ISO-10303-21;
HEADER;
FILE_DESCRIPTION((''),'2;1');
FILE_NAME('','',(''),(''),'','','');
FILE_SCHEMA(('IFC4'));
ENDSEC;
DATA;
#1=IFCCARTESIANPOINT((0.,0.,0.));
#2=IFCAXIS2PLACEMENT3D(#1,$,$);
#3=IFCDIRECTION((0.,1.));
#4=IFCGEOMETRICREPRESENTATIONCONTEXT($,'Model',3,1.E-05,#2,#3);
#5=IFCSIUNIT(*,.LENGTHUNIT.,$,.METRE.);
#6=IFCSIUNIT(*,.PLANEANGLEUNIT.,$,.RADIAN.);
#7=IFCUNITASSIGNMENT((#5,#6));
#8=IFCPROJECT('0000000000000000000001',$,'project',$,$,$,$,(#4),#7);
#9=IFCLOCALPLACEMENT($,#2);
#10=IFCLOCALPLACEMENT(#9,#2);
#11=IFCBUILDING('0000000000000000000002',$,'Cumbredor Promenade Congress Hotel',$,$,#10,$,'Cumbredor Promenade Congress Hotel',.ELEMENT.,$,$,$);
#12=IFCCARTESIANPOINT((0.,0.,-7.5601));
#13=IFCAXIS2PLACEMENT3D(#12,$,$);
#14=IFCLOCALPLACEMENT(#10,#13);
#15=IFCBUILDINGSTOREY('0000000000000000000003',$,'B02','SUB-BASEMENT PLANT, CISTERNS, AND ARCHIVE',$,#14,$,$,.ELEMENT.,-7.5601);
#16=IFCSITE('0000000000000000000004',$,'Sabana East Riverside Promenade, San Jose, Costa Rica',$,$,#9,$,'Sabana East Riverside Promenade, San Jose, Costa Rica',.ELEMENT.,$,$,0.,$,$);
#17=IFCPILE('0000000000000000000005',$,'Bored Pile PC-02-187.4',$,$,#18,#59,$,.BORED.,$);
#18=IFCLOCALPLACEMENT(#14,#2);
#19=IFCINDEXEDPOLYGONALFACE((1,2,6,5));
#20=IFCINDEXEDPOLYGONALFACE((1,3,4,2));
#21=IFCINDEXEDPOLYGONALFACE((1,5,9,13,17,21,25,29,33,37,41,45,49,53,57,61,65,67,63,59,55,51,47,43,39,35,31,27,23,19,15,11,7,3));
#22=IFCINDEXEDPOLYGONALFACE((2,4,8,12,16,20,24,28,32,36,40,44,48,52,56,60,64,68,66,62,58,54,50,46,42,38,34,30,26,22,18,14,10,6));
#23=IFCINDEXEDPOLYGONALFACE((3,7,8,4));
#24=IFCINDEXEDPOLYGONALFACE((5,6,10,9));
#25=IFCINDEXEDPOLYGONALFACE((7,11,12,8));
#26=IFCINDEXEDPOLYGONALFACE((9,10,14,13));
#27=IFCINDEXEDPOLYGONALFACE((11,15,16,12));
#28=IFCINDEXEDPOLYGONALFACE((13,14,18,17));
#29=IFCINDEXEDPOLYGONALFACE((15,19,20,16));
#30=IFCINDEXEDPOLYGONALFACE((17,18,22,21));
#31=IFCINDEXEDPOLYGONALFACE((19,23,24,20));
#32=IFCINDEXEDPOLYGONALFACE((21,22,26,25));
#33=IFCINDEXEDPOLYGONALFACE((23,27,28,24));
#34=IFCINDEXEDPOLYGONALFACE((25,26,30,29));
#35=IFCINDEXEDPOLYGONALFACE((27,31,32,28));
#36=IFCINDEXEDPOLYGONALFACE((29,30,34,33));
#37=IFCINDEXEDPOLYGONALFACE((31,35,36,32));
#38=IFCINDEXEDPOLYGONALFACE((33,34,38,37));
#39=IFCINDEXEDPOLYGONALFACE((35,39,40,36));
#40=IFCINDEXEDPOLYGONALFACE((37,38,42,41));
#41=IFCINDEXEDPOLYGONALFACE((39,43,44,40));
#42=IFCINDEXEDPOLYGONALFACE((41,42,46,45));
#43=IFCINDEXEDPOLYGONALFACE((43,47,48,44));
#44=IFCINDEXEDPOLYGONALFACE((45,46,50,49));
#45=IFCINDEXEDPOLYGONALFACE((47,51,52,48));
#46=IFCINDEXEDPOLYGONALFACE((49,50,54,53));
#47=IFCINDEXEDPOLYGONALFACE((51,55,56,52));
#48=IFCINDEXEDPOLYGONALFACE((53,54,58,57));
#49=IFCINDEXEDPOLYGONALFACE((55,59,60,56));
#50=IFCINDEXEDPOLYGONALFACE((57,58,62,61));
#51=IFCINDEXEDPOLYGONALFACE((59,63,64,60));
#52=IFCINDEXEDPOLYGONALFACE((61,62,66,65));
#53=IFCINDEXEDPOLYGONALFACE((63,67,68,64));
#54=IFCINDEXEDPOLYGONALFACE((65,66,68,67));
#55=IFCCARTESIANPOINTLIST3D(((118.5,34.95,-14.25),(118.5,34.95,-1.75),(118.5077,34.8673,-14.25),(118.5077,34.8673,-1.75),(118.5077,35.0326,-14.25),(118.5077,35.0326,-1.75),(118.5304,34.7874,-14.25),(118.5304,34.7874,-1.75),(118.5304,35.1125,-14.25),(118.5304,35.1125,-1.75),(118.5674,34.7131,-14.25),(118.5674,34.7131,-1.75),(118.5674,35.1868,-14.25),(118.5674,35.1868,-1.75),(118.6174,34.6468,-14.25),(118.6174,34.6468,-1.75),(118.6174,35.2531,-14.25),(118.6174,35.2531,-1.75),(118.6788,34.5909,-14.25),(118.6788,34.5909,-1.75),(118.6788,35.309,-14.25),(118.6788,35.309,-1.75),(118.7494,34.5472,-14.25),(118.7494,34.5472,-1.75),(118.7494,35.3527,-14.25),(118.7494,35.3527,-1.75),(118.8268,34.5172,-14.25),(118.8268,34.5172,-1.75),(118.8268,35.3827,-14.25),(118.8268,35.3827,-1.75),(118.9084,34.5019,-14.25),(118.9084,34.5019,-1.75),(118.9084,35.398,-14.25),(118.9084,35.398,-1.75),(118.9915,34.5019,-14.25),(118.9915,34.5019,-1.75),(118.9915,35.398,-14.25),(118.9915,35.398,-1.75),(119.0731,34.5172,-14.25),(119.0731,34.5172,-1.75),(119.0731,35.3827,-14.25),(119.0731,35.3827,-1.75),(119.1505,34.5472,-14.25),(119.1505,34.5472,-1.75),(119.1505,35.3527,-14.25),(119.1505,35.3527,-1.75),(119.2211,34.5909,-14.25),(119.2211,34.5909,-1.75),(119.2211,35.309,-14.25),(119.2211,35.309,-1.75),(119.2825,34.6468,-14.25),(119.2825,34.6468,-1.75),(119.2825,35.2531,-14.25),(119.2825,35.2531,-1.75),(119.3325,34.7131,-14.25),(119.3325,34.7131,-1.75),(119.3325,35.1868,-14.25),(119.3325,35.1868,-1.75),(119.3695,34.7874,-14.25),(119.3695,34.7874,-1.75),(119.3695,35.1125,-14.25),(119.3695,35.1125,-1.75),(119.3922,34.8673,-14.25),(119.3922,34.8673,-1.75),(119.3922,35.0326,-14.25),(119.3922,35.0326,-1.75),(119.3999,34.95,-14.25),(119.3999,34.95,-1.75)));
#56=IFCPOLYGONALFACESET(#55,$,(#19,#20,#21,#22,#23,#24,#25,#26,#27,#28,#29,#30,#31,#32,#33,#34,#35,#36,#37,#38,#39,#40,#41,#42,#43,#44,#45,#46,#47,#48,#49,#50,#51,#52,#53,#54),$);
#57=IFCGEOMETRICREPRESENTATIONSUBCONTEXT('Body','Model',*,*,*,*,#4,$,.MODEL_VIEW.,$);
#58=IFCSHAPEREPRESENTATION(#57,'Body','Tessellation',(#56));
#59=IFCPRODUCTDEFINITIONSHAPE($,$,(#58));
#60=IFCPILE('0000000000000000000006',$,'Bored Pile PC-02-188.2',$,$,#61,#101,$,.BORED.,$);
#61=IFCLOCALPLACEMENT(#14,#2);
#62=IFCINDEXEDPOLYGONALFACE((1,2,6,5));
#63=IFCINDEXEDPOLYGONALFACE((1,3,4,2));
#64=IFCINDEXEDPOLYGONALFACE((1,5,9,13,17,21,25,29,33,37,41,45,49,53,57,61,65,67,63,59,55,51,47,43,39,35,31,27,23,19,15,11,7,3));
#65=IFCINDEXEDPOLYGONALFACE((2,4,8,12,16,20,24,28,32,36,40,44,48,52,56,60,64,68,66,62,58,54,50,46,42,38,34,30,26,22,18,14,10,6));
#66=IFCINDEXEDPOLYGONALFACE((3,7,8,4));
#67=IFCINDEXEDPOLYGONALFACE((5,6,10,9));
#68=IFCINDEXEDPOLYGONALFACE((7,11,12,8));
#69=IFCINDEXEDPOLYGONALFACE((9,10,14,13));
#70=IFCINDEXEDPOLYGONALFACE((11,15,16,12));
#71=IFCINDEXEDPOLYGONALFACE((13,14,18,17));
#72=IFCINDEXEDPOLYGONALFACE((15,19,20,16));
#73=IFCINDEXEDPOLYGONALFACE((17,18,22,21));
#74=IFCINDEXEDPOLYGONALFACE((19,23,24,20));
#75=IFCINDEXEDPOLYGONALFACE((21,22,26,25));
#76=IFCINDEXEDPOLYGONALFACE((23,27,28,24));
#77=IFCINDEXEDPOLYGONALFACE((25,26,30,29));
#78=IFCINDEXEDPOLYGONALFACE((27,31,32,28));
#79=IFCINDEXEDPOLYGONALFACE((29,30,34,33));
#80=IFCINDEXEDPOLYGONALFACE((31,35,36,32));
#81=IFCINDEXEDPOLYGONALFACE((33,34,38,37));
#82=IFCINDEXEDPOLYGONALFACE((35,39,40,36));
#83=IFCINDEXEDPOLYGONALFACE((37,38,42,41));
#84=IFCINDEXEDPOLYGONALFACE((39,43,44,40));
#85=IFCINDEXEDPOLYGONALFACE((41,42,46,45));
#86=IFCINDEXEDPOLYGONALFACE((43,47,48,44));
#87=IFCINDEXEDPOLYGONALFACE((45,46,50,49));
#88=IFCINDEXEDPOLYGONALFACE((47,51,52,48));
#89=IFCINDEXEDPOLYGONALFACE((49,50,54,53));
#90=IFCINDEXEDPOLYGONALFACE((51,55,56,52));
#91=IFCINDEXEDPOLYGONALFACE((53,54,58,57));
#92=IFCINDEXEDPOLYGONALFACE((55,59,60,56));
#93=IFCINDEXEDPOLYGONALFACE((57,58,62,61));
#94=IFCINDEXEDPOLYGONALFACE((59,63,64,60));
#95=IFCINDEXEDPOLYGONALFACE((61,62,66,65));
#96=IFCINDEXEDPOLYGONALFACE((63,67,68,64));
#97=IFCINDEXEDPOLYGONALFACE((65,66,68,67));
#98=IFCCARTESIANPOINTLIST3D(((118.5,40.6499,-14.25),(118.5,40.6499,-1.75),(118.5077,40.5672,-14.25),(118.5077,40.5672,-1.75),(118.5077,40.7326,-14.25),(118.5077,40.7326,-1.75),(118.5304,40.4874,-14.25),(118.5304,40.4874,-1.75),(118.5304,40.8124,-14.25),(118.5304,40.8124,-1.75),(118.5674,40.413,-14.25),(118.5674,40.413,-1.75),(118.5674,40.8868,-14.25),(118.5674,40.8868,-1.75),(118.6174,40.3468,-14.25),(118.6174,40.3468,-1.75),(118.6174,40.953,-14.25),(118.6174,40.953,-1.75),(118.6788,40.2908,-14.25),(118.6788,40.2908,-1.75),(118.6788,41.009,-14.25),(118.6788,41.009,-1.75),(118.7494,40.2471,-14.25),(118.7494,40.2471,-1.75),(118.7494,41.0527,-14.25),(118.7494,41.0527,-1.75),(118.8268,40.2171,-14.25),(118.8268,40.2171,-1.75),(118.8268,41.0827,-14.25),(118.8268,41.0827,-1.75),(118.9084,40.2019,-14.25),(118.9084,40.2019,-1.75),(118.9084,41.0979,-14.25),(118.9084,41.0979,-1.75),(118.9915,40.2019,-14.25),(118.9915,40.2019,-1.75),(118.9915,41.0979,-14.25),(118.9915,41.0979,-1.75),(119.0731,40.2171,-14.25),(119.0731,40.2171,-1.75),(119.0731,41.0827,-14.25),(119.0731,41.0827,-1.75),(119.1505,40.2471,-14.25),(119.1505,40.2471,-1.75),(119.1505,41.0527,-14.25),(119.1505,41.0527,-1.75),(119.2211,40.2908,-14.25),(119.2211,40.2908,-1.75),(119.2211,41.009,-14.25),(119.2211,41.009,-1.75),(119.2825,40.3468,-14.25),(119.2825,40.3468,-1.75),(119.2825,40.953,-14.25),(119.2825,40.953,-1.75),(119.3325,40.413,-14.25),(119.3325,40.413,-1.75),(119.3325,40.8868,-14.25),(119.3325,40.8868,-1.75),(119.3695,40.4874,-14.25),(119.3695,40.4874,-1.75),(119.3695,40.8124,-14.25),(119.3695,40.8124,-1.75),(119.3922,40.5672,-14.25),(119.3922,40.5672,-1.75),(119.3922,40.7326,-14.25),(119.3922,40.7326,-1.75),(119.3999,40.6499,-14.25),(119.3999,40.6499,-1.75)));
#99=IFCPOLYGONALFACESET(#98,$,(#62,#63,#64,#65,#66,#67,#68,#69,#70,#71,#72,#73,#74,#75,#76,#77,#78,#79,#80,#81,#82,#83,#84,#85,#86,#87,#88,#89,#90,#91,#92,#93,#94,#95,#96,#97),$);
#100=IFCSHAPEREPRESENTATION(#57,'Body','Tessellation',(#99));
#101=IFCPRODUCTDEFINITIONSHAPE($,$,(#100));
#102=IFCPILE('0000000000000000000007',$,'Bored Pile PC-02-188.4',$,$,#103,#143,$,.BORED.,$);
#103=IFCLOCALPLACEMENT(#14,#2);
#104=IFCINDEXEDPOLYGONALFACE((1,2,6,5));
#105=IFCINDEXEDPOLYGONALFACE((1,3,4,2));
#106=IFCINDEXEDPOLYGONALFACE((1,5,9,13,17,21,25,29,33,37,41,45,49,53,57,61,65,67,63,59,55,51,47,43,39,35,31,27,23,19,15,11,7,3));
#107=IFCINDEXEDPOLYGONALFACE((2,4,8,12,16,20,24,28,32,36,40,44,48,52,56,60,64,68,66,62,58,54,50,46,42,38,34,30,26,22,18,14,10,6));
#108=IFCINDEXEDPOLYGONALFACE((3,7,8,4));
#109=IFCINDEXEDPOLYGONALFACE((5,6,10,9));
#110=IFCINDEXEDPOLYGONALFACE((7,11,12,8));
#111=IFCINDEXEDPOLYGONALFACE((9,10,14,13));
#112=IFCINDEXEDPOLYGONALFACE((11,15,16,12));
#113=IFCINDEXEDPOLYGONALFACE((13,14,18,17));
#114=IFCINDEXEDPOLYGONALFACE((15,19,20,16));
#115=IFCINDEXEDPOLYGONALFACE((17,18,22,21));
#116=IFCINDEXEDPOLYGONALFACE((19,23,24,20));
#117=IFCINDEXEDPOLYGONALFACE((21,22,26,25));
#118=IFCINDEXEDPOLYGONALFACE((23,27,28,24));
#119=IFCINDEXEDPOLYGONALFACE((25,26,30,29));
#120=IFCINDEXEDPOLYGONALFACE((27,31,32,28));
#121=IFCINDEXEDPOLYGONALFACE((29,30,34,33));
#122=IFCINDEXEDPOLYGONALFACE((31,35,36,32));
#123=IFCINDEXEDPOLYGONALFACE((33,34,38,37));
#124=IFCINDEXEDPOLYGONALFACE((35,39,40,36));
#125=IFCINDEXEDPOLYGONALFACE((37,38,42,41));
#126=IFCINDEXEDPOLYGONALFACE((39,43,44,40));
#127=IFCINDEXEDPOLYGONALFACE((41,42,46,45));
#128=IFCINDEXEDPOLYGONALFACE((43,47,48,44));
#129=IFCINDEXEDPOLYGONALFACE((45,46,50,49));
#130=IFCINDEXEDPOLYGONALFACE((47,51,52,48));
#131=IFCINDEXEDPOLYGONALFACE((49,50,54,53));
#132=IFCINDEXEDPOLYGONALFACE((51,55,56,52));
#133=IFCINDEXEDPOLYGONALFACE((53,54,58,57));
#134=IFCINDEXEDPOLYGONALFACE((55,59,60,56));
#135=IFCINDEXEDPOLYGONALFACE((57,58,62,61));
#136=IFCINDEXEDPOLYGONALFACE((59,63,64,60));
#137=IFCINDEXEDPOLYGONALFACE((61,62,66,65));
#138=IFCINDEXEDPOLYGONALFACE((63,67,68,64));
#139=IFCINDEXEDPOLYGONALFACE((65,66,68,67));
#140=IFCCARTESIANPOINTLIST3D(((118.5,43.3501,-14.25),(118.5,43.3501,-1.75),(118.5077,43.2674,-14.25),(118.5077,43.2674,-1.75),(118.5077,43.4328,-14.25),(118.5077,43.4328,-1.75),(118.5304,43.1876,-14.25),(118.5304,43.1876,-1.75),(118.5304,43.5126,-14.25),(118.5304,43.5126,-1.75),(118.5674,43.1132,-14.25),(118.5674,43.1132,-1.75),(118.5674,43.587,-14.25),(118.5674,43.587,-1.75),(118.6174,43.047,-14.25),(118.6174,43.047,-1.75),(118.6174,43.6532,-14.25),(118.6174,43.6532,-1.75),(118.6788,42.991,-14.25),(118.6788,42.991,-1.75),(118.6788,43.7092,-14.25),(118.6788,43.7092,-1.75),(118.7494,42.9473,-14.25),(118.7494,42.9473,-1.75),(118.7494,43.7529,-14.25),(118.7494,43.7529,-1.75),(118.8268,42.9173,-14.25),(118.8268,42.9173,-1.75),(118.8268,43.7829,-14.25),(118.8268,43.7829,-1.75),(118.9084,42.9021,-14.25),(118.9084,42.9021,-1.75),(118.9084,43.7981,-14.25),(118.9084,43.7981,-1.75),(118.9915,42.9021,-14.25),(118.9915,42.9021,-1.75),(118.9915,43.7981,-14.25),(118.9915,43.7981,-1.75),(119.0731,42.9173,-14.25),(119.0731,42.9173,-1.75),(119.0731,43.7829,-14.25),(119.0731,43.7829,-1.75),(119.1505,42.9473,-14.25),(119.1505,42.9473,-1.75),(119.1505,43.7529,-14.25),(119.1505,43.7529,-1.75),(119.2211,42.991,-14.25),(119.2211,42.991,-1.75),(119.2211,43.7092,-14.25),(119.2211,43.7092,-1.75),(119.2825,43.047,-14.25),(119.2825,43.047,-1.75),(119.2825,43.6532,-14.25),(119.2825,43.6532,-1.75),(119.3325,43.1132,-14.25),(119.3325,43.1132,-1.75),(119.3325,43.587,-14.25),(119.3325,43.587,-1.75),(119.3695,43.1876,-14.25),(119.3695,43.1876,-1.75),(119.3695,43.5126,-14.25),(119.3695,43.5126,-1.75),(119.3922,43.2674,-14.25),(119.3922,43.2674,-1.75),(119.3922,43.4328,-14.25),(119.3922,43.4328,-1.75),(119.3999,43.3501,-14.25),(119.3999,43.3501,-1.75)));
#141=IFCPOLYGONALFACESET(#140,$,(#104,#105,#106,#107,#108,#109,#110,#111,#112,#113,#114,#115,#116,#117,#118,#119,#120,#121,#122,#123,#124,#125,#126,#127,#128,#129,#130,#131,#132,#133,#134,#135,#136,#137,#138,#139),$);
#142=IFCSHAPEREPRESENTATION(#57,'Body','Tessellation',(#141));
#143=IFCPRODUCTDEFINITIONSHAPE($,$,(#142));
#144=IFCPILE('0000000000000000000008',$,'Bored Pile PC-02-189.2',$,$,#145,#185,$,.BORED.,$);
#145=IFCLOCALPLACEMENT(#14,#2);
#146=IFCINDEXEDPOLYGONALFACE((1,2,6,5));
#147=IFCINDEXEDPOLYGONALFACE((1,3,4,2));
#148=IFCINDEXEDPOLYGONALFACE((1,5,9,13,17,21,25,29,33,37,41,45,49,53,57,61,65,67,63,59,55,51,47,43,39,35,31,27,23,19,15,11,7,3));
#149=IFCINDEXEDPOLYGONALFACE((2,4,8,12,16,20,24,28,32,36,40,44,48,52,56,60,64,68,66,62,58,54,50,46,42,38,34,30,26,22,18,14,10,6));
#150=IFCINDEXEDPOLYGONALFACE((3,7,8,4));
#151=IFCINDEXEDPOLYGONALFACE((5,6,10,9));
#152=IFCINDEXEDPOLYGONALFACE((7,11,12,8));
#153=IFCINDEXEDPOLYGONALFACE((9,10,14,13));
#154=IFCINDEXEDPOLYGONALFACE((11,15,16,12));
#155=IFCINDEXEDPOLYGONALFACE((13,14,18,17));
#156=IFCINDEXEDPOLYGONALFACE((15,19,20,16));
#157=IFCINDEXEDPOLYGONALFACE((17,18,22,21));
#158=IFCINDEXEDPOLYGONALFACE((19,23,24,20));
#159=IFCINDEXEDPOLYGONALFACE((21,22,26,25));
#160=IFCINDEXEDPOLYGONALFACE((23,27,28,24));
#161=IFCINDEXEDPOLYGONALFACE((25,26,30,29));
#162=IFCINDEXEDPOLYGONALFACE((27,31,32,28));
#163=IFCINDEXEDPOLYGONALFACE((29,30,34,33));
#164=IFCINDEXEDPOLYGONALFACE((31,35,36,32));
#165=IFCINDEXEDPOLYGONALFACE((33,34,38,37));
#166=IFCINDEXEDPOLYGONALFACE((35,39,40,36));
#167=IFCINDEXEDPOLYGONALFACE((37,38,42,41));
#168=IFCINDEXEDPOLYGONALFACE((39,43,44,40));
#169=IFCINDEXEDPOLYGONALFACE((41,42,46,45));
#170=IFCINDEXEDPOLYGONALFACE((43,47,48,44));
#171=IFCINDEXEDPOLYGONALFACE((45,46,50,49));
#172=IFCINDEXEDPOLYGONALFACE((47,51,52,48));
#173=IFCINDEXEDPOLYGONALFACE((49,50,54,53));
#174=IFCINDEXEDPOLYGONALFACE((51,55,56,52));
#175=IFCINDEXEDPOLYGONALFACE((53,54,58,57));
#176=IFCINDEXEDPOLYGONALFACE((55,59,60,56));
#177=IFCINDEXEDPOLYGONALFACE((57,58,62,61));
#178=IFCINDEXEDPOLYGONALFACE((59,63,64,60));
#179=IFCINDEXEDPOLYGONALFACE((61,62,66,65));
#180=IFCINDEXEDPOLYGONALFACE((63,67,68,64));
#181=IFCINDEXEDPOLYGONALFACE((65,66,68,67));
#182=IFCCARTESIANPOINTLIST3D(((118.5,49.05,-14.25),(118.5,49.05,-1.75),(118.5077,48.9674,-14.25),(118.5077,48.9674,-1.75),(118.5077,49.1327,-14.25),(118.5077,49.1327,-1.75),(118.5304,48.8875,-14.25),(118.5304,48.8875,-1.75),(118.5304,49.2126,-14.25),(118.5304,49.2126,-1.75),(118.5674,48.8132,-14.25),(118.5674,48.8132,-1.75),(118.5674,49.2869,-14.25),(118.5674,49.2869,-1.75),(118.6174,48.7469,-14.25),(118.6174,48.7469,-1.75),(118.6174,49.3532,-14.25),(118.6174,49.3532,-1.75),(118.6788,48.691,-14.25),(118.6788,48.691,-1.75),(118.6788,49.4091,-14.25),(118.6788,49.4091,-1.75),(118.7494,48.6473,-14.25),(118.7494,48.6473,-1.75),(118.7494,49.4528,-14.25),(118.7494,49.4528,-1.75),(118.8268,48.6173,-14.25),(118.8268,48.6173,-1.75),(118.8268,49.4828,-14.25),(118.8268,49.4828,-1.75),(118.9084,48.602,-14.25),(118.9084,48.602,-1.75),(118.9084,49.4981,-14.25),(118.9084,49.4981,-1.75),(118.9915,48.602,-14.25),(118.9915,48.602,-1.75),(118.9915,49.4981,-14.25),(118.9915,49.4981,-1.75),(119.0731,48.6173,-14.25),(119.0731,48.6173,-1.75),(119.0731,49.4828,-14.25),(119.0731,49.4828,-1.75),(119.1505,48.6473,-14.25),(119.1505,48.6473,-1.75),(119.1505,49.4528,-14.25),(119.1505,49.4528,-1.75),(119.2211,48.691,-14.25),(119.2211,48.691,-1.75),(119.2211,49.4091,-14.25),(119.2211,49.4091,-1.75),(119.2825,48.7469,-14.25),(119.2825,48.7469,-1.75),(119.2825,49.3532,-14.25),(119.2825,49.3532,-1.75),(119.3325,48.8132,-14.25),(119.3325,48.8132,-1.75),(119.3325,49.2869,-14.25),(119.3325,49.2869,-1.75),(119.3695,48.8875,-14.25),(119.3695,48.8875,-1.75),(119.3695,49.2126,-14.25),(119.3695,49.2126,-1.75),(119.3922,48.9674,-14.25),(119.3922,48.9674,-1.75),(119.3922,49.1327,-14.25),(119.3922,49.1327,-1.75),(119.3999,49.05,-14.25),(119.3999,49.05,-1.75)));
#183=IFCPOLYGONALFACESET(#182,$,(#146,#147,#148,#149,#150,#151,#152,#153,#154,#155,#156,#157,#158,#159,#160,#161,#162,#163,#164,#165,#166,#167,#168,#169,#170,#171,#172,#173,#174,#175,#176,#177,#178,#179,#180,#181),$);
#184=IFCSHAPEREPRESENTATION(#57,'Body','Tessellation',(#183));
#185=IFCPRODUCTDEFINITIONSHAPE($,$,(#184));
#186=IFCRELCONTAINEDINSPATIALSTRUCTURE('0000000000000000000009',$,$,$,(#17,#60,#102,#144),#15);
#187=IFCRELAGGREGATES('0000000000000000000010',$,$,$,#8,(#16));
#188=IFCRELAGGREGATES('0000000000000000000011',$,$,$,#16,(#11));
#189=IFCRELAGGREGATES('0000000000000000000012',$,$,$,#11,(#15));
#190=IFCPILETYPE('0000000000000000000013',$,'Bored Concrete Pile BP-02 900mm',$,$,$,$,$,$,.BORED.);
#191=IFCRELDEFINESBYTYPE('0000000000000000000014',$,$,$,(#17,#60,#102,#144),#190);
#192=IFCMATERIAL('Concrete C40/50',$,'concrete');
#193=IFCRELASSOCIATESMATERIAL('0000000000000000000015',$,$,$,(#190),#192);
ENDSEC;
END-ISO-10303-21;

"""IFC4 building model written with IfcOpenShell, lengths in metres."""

from ifc_helpers import new_model, si_unit, direction, frame, origin, origin_2d, place, context, subcontext, project, spatial, circle, extrude, material, material_profile, profile_set, type_object, element, save


model = new_model("IFC4")

# Units and contexts
model_context = context("Model", 3, precision=1e-05, world=origin(), true_north=direction((0.0, 1.0)))
body_context = subcontext(model_context, "Body", "Model", "MODEL_VIEW")
ifc_project = project(units=[si_unit("LENGTHUNIT", "METRE"), si_unit("PLANEANGLEUNIT", "RADIAN")], contexts=[model_context])

# Site, building, storey
site_placement = place(None, origin())
site = spatial("IfcSite", under=ifc_project, at=site_placement, Name="Sabana East Riverside Promenade, San Jose, Costa Rica", LongName="Sabana East Riverside Promenade, San Jose, Costa Rica", CompositionType="ELEMENT", RefElevation=0.0)
building_placement = place(site_placement, origin())
building = spatial("IfcBuilding", under=site, at=building_placement, Name="Cumbredor Promenade Congress Hotel", LongName="Cumbredor Promenade Congress Hotel", CompositionType="ELEMENT")
storey_placement = place(building_placement, frame((0.0, 0.0, -7.5601)))
storey = spatial("IfcBuildingStorey", under=building, at=storey_placement, Name="B02", Description="SUB-BASEMENT PLANT, CISTERNS, AND ARCHIVE", CompositionType="ELEMENT", Elevation=-7.5601)

# Piles
ifc_material_1 = material(Name="Concrete C40/50", Category="concrete")
ifc_material_profile_1 = material_profile(ifc_material_1, circle(Radius=0.45, at=origin_2d()), Name="PILE D900")
ifc_profile_set_1 = profile_set([ifc_material_profile_1], Name="Concrete C40/50")
pile_type = type_object("IfcPileType", Name="Bored Concrete Pile BP-02 900mm", PredefinedType="BORED", material=ifc_profile_set_1)
for number, where, z_axis, x_axis, name in (
    (1, (118.95, 34.95, -1.75), (0.0, 0.0, -1.0), (1.0, 0.0, 0.0), "Bored Pile PC-02-187.4"),
    (2, (118.95, 40.6499, -1.75), (0.0, 0.0, -1.0), (1.0, 0.0, 0.0), "Bored Pile PC-02-188.2"),
    (3, (118.95, 43.3501, -1.75), (0.0, 0.0, -1.0), (1.0, 0.0, 0.0), "Bored Pile PC-02-188.4"),
    (4, (118.95, 49.05, -1.75), (0.0, 0.0, -1.0), (1.0, 0.0, 0.0), "Bored Pile PC-02-189.2"),
):
    element("IfcPile", number, at=place(storey_placement, frame(where, z_axis=z_axis, x_axis=x_axis)), inside=storey, type_object=pile_type, Name=name, PredefinedType="BORED", context=body_context, shape_type="SweptSolid", body=[
        extrude(circle(Radius=0.45, at=origin_2d()), origin(), (0.0, 0.0, 1.0), 12.5),
    ])

save(model, "model.ifc")
